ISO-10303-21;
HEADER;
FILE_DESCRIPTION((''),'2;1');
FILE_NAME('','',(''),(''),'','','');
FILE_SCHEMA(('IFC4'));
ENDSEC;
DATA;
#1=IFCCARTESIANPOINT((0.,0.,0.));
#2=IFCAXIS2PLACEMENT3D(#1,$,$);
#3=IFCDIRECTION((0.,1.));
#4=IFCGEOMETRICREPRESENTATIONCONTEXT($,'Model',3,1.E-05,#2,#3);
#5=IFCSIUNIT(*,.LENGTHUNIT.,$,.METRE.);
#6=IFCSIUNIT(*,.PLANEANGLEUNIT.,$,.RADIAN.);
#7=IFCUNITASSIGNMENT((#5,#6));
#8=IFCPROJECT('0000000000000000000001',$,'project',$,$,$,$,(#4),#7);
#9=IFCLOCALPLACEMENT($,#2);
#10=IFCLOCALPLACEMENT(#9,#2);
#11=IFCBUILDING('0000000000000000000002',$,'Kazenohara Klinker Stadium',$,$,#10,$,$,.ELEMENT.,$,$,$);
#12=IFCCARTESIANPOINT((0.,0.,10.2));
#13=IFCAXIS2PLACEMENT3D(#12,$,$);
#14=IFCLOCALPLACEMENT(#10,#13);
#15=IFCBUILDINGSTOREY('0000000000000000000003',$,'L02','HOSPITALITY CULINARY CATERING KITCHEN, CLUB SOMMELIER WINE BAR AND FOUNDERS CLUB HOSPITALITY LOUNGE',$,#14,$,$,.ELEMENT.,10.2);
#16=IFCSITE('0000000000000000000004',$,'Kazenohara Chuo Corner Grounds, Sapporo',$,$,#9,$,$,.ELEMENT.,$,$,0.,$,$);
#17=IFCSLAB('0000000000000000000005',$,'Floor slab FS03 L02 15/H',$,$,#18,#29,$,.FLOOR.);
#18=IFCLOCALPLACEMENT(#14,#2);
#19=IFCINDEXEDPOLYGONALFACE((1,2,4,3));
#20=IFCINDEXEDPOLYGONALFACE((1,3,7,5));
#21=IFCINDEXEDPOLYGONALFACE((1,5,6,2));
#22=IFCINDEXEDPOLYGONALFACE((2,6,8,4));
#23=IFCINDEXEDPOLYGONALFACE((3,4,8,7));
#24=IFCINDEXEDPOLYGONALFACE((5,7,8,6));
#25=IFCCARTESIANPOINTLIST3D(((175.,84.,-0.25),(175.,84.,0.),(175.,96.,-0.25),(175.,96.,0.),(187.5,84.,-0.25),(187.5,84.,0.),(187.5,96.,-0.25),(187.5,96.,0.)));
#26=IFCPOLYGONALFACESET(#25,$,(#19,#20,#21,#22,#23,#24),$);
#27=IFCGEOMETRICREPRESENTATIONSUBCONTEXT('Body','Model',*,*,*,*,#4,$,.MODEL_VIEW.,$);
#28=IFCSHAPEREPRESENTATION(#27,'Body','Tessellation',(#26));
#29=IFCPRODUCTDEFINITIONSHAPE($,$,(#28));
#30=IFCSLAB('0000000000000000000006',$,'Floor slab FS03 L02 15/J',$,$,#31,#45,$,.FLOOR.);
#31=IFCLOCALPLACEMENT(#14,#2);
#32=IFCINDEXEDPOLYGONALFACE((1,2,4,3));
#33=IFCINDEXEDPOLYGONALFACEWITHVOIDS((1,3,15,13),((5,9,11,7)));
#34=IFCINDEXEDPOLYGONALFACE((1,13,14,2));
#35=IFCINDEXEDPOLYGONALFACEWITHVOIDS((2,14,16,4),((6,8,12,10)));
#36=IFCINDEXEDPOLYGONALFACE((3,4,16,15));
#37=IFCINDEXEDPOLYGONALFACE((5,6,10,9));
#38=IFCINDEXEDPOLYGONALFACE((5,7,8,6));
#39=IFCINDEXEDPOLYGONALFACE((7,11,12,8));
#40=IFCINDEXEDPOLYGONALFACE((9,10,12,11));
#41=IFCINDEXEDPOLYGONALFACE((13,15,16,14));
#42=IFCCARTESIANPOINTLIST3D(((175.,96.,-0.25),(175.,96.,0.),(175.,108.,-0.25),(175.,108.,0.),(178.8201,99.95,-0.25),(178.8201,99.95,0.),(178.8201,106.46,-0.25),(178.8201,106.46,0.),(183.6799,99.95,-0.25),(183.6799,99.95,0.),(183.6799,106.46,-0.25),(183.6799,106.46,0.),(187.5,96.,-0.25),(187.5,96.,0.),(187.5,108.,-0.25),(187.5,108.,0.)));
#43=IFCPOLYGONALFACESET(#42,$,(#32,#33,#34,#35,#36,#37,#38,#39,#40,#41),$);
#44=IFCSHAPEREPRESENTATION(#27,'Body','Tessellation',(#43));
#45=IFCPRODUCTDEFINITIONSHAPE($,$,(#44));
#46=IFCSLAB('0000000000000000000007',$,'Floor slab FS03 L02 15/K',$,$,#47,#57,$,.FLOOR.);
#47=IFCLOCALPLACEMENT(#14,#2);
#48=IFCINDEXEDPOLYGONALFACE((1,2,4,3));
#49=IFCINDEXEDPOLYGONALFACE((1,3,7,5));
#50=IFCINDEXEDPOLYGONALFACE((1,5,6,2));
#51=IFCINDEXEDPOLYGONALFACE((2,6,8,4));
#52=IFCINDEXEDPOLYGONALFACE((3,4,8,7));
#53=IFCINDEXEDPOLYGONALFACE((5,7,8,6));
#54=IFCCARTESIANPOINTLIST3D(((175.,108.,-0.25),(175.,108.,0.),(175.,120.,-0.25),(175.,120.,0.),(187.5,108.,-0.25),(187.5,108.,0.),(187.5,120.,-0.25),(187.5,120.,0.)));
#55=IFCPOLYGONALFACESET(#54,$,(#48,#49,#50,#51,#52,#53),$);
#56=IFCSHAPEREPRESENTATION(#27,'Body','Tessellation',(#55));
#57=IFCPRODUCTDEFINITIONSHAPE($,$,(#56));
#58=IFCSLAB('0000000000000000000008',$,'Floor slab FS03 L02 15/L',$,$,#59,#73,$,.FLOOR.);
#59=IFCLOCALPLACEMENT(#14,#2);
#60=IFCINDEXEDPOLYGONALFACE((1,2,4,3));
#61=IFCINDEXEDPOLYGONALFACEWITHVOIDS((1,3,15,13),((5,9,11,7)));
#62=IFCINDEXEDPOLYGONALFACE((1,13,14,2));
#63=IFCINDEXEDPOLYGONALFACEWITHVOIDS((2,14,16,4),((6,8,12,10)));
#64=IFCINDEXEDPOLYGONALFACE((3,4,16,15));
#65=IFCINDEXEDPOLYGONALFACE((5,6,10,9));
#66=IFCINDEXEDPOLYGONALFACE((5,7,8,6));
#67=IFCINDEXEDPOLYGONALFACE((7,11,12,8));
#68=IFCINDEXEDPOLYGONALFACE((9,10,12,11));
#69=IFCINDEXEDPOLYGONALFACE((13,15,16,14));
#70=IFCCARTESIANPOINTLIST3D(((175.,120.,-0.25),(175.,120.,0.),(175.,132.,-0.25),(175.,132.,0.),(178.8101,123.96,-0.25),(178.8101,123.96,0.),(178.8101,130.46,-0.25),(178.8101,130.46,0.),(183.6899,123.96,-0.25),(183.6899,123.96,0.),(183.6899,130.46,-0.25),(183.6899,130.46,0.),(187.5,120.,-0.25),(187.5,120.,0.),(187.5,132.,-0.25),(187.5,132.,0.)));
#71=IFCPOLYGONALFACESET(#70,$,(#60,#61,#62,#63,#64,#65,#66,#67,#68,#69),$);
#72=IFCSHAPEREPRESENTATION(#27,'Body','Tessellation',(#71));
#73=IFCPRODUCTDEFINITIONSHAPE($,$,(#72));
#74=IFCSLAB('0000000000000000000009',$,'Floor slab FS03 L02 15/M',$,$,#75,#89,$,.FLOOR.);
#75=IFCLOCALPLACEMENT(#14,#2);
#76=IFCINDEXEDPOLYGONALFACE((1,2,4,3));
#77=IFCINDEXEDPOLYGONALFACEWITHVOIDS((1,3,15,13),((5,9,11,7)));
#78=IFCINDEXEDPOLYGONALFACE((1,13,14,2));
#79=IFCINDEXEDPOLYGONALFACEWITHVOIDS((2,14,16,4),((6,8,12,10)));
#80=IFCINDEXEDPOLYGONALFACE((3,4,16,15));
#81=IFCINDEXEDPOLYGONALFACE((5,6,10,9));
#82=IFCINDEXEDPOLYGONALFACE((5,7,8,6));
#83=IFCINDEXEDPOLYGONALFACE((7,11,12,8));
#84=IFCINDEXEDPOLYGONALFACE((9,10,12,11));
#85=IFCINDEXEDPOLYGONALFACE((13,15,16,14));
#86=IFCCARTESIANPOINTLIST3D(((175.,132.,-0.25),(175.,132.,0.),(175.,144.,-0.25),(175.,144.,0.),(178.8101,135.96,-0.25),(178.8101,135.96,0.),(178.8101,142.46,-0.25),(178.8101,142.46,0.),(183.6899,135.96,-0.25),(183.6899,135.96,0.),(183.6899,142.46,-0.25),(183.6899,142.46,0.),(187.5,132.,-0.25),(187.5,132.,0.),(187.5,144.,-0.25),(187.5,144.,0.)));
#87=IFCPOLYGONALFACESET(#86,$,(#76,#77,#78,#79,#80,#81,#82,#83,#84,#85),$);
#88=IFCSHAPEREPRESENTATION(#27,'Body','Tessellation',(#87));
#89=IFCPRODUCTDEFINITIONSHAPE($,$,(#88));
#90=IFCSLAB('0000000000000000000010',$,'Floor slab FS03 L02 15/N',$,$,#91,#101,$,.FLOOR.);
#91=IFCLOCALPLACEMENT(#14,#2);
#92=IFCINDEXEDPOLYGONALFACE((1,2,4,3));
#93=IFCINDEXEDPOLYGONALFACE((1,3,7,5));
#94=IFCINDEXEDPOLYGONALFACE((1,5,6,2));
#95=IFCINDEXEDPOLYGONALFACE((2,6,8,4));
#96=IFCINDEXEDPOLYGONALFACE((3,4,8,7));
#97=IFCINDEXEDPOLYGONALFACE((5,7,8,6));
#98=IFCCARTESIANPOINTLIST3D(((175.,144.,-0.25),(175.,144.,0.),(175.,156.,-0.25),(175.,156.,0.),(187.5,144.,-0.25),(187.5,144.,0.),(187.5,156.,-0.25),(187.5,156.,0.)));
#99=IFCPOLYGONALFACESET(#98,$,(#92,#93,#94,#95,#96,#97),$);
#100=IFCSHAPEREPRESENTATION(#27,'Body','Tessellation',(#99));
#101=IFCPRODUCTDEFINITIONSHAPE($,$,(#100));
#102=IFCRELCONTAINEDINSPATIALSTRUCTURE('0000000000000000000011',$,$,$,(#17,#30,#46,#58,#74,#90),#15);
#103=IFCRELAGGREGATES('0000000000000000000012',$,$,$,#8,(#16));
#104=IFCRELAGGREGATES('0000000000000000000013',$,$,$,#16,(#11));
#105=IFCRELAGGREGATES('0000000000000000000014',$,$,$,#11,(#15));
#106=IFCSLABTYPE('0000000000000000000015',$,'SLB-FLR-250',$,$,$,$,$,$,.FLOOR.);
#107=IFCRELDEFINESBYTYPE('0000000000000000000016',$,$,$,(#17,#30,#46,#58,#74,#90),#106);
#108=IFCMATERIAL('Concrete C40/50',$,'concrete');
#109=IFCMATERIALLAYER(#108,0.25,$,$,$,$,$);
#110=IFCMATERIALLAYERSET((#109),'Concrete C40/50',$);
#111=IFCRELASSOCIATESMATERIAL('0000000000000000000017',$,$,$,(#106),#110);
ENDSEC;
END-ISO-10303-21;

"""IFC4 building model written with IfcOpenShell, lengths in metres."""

from ifc_helpers import new_model, si_unit, direction, frame, origin, place, context, subcontext, project, spatial, polyline, outline, extrude, material, layer, layer_set, type_object, element, save


model = new_model("IFC4")

# Units and contexts
model_context = context("Model", 3, precision=1e-05, world=origin(), true_north=direction((0.0, 1.0)))
body_context = subcontext(model_context, "Body", "Model", "MODEL_VIEW")
ifc_project = project(units=[si_unit("LENGTHUNIT", "METRE"), si_unit("PLANEANGLEUNIT", "RADIAN")], contexts=[model_context])

# Site, building, storey
site_placement = place(None, origin())
site = spatial("IfcSite", under=ifc_project, at=site_placement, Name="Kazenohara Chuo Corner Grounds, Sapporo", CompositionType="ELEMENT", RefElevation=0.0)
building_placement = place(site_placement, origin())
building = spatial("IfcBuilding", under=site, at=building_placement, Name="Kazenohara Klinker Stadium", CompositionType="ELEMENT")
storey_placement = place(building_placement, frame((0.0, 0.0, 10.2)))
storey = spatial("IfcBuildingStorey", under=building, at=storey_placement, Name="L02", Description="HOSPITALITY CULINARY CATERING KITCHEN, CLUB SOMMELIER WINE BAR AND FOUNDERS CLUB HOSPITALITY LOUNGE", CompositionType="ELEMENT", Elevation=10.2)

# Slabs
ifc_material = material(Name="Concrete C40/50", Category="concrete")
ifc_layer = layer(ifc_material, 0.25)
ifc_layer_set = layer_set([ifc_layer], Name="Concrete C40/50")
slab_type = type_object("IfcSlabType", Name="SLB-FLR-250", PredefinedType="FLOOR", material=ifc_layer_set)
slab_1_placement = place(storey_placement, frame((0.0, 0.0, -0.25)))
element("IfcSlab", 1, at=slab_1_placement, inside=storey, type_object=slab_type, Name="Floor slab FS03 L02 15/H", PredefinedType="FLOOR", context=body_context, shape_type="SweptSolid", body=[
    extrude(outline(polyline([(175.0, 84.0), (187.5, 84.0), (187.5, 96.0), (175.0, 96.0), (175.0, 84.0)])), origin(), (0.0, 0.0, 1.0), 0.25),
])
slab_2_placement = place(storey_placement, frame((0.0, 0.0, -0.25)))
element("IfcSlab", 2, at=slab_2_placement, inside=storey, type_object=slab_type, Name="Floor slab FS03 L02 15/J", PredefinedType="FLOOR", context=body_context, shape_type="SweptSolid", body=[
    extrude(outline(polyline([(175.0, 96.0), (187.5, 96.0), (187.5, 108.0), (175.0, 108.0), (175.0, 96.0)]), holes=[polyline([(183.6799, 99.95), (183.6799, 106.46), (178.8201, 106.46), (178.8201, 99.95), (183.6799, 99.95)])]), origin(), (0.0, 0.0, 1.0), 0.25),
])
slab_3_placement = place(storey_placement, frame((0.0, 0.0, -0.25)))
element("IfcSlab", 3, at=slab_3_placement, inside=storey, type_object=slab_type, Name="Floor slab FS03 L02 15/K", PredefinedType="FLOOR", context=body_context, shape_type="SweptSolid", body=[
    extrude(outline(polyline([(175.0, 108.0), (187.5, 108.0), (187.5, 120.0), (175.0, 120.0), (175.0, 108.0)])), origin(), (0.0, 0.0, 1.0), 0.25),
])
slab_4_placement = place(storey_placement, frame((0.0, 0.0, -0.25)))
element("IfcSlab", 4, at=slab_4_placement, inside=storey, type_object=slab_type, Name="Floor slab FS03 L02 15/L", PredefinedType="FLOOR", context=body_context, shape_type="SweptSolid", body=[
    extrude(outline(polyline([(175.0, 120.0), (187.5, 120.0), (187.5, 132.0), (175.0, 132.0), (175.0, 120.0)]), holes=[polyline([(183.6899, 123.96), (183.6899, 130.46), (178.8101, 130.46), (178.8101, 123.96), (183.6899, 123.96)])]), origin(), (0.0, 0.0, 1.0), 0.25),
])
slab_5_placement = place(storey_placement, frame((0.0, 0.0, -0.25)))
element("IfcSlab", 5, at=slab_5_placement, inside=storey, type_object=slab_type, Name="Floor slab FS03 L02 15/M", PredefinedType="FLOOR", context=body_context, shape_type="SweptSolid", body=[
    extrude(outline(polyline([(175.0, 132.0), (187.5, 132.0), (187.5, 144.0), (175.0, 144.0), (175.0, 132.0)]), holes=[polyline([(183.6899, 135.96), (183.6899, 142.46), (178.8101, 142.46), (178.8101, 135.96), (183.6899, 135.96)])]), origin(), (0.0, 0.0, 1.0), 0.25),
])
slab_6_placement = place(storey_placement, frame((0.0, 0.0, -0.25)))
element("IfcSlab", 6, at=slab_6_placement, inside=storey, type_object=slab_type, Name="Floor slab FS03 L02 15/N", PredefinedType="FLOOR", context=body_context, shape_type="SweptSolid", body=[
    extrude(outline(polyline([(175.0, 144.0), (187.5, 144.0), (187.5, 156.0), (175.0, 156.0), (175.0, 144.0)])), origin(), (0.0, 0.0, 1.0), 0.25),
])

save(model, "model.ifc")
